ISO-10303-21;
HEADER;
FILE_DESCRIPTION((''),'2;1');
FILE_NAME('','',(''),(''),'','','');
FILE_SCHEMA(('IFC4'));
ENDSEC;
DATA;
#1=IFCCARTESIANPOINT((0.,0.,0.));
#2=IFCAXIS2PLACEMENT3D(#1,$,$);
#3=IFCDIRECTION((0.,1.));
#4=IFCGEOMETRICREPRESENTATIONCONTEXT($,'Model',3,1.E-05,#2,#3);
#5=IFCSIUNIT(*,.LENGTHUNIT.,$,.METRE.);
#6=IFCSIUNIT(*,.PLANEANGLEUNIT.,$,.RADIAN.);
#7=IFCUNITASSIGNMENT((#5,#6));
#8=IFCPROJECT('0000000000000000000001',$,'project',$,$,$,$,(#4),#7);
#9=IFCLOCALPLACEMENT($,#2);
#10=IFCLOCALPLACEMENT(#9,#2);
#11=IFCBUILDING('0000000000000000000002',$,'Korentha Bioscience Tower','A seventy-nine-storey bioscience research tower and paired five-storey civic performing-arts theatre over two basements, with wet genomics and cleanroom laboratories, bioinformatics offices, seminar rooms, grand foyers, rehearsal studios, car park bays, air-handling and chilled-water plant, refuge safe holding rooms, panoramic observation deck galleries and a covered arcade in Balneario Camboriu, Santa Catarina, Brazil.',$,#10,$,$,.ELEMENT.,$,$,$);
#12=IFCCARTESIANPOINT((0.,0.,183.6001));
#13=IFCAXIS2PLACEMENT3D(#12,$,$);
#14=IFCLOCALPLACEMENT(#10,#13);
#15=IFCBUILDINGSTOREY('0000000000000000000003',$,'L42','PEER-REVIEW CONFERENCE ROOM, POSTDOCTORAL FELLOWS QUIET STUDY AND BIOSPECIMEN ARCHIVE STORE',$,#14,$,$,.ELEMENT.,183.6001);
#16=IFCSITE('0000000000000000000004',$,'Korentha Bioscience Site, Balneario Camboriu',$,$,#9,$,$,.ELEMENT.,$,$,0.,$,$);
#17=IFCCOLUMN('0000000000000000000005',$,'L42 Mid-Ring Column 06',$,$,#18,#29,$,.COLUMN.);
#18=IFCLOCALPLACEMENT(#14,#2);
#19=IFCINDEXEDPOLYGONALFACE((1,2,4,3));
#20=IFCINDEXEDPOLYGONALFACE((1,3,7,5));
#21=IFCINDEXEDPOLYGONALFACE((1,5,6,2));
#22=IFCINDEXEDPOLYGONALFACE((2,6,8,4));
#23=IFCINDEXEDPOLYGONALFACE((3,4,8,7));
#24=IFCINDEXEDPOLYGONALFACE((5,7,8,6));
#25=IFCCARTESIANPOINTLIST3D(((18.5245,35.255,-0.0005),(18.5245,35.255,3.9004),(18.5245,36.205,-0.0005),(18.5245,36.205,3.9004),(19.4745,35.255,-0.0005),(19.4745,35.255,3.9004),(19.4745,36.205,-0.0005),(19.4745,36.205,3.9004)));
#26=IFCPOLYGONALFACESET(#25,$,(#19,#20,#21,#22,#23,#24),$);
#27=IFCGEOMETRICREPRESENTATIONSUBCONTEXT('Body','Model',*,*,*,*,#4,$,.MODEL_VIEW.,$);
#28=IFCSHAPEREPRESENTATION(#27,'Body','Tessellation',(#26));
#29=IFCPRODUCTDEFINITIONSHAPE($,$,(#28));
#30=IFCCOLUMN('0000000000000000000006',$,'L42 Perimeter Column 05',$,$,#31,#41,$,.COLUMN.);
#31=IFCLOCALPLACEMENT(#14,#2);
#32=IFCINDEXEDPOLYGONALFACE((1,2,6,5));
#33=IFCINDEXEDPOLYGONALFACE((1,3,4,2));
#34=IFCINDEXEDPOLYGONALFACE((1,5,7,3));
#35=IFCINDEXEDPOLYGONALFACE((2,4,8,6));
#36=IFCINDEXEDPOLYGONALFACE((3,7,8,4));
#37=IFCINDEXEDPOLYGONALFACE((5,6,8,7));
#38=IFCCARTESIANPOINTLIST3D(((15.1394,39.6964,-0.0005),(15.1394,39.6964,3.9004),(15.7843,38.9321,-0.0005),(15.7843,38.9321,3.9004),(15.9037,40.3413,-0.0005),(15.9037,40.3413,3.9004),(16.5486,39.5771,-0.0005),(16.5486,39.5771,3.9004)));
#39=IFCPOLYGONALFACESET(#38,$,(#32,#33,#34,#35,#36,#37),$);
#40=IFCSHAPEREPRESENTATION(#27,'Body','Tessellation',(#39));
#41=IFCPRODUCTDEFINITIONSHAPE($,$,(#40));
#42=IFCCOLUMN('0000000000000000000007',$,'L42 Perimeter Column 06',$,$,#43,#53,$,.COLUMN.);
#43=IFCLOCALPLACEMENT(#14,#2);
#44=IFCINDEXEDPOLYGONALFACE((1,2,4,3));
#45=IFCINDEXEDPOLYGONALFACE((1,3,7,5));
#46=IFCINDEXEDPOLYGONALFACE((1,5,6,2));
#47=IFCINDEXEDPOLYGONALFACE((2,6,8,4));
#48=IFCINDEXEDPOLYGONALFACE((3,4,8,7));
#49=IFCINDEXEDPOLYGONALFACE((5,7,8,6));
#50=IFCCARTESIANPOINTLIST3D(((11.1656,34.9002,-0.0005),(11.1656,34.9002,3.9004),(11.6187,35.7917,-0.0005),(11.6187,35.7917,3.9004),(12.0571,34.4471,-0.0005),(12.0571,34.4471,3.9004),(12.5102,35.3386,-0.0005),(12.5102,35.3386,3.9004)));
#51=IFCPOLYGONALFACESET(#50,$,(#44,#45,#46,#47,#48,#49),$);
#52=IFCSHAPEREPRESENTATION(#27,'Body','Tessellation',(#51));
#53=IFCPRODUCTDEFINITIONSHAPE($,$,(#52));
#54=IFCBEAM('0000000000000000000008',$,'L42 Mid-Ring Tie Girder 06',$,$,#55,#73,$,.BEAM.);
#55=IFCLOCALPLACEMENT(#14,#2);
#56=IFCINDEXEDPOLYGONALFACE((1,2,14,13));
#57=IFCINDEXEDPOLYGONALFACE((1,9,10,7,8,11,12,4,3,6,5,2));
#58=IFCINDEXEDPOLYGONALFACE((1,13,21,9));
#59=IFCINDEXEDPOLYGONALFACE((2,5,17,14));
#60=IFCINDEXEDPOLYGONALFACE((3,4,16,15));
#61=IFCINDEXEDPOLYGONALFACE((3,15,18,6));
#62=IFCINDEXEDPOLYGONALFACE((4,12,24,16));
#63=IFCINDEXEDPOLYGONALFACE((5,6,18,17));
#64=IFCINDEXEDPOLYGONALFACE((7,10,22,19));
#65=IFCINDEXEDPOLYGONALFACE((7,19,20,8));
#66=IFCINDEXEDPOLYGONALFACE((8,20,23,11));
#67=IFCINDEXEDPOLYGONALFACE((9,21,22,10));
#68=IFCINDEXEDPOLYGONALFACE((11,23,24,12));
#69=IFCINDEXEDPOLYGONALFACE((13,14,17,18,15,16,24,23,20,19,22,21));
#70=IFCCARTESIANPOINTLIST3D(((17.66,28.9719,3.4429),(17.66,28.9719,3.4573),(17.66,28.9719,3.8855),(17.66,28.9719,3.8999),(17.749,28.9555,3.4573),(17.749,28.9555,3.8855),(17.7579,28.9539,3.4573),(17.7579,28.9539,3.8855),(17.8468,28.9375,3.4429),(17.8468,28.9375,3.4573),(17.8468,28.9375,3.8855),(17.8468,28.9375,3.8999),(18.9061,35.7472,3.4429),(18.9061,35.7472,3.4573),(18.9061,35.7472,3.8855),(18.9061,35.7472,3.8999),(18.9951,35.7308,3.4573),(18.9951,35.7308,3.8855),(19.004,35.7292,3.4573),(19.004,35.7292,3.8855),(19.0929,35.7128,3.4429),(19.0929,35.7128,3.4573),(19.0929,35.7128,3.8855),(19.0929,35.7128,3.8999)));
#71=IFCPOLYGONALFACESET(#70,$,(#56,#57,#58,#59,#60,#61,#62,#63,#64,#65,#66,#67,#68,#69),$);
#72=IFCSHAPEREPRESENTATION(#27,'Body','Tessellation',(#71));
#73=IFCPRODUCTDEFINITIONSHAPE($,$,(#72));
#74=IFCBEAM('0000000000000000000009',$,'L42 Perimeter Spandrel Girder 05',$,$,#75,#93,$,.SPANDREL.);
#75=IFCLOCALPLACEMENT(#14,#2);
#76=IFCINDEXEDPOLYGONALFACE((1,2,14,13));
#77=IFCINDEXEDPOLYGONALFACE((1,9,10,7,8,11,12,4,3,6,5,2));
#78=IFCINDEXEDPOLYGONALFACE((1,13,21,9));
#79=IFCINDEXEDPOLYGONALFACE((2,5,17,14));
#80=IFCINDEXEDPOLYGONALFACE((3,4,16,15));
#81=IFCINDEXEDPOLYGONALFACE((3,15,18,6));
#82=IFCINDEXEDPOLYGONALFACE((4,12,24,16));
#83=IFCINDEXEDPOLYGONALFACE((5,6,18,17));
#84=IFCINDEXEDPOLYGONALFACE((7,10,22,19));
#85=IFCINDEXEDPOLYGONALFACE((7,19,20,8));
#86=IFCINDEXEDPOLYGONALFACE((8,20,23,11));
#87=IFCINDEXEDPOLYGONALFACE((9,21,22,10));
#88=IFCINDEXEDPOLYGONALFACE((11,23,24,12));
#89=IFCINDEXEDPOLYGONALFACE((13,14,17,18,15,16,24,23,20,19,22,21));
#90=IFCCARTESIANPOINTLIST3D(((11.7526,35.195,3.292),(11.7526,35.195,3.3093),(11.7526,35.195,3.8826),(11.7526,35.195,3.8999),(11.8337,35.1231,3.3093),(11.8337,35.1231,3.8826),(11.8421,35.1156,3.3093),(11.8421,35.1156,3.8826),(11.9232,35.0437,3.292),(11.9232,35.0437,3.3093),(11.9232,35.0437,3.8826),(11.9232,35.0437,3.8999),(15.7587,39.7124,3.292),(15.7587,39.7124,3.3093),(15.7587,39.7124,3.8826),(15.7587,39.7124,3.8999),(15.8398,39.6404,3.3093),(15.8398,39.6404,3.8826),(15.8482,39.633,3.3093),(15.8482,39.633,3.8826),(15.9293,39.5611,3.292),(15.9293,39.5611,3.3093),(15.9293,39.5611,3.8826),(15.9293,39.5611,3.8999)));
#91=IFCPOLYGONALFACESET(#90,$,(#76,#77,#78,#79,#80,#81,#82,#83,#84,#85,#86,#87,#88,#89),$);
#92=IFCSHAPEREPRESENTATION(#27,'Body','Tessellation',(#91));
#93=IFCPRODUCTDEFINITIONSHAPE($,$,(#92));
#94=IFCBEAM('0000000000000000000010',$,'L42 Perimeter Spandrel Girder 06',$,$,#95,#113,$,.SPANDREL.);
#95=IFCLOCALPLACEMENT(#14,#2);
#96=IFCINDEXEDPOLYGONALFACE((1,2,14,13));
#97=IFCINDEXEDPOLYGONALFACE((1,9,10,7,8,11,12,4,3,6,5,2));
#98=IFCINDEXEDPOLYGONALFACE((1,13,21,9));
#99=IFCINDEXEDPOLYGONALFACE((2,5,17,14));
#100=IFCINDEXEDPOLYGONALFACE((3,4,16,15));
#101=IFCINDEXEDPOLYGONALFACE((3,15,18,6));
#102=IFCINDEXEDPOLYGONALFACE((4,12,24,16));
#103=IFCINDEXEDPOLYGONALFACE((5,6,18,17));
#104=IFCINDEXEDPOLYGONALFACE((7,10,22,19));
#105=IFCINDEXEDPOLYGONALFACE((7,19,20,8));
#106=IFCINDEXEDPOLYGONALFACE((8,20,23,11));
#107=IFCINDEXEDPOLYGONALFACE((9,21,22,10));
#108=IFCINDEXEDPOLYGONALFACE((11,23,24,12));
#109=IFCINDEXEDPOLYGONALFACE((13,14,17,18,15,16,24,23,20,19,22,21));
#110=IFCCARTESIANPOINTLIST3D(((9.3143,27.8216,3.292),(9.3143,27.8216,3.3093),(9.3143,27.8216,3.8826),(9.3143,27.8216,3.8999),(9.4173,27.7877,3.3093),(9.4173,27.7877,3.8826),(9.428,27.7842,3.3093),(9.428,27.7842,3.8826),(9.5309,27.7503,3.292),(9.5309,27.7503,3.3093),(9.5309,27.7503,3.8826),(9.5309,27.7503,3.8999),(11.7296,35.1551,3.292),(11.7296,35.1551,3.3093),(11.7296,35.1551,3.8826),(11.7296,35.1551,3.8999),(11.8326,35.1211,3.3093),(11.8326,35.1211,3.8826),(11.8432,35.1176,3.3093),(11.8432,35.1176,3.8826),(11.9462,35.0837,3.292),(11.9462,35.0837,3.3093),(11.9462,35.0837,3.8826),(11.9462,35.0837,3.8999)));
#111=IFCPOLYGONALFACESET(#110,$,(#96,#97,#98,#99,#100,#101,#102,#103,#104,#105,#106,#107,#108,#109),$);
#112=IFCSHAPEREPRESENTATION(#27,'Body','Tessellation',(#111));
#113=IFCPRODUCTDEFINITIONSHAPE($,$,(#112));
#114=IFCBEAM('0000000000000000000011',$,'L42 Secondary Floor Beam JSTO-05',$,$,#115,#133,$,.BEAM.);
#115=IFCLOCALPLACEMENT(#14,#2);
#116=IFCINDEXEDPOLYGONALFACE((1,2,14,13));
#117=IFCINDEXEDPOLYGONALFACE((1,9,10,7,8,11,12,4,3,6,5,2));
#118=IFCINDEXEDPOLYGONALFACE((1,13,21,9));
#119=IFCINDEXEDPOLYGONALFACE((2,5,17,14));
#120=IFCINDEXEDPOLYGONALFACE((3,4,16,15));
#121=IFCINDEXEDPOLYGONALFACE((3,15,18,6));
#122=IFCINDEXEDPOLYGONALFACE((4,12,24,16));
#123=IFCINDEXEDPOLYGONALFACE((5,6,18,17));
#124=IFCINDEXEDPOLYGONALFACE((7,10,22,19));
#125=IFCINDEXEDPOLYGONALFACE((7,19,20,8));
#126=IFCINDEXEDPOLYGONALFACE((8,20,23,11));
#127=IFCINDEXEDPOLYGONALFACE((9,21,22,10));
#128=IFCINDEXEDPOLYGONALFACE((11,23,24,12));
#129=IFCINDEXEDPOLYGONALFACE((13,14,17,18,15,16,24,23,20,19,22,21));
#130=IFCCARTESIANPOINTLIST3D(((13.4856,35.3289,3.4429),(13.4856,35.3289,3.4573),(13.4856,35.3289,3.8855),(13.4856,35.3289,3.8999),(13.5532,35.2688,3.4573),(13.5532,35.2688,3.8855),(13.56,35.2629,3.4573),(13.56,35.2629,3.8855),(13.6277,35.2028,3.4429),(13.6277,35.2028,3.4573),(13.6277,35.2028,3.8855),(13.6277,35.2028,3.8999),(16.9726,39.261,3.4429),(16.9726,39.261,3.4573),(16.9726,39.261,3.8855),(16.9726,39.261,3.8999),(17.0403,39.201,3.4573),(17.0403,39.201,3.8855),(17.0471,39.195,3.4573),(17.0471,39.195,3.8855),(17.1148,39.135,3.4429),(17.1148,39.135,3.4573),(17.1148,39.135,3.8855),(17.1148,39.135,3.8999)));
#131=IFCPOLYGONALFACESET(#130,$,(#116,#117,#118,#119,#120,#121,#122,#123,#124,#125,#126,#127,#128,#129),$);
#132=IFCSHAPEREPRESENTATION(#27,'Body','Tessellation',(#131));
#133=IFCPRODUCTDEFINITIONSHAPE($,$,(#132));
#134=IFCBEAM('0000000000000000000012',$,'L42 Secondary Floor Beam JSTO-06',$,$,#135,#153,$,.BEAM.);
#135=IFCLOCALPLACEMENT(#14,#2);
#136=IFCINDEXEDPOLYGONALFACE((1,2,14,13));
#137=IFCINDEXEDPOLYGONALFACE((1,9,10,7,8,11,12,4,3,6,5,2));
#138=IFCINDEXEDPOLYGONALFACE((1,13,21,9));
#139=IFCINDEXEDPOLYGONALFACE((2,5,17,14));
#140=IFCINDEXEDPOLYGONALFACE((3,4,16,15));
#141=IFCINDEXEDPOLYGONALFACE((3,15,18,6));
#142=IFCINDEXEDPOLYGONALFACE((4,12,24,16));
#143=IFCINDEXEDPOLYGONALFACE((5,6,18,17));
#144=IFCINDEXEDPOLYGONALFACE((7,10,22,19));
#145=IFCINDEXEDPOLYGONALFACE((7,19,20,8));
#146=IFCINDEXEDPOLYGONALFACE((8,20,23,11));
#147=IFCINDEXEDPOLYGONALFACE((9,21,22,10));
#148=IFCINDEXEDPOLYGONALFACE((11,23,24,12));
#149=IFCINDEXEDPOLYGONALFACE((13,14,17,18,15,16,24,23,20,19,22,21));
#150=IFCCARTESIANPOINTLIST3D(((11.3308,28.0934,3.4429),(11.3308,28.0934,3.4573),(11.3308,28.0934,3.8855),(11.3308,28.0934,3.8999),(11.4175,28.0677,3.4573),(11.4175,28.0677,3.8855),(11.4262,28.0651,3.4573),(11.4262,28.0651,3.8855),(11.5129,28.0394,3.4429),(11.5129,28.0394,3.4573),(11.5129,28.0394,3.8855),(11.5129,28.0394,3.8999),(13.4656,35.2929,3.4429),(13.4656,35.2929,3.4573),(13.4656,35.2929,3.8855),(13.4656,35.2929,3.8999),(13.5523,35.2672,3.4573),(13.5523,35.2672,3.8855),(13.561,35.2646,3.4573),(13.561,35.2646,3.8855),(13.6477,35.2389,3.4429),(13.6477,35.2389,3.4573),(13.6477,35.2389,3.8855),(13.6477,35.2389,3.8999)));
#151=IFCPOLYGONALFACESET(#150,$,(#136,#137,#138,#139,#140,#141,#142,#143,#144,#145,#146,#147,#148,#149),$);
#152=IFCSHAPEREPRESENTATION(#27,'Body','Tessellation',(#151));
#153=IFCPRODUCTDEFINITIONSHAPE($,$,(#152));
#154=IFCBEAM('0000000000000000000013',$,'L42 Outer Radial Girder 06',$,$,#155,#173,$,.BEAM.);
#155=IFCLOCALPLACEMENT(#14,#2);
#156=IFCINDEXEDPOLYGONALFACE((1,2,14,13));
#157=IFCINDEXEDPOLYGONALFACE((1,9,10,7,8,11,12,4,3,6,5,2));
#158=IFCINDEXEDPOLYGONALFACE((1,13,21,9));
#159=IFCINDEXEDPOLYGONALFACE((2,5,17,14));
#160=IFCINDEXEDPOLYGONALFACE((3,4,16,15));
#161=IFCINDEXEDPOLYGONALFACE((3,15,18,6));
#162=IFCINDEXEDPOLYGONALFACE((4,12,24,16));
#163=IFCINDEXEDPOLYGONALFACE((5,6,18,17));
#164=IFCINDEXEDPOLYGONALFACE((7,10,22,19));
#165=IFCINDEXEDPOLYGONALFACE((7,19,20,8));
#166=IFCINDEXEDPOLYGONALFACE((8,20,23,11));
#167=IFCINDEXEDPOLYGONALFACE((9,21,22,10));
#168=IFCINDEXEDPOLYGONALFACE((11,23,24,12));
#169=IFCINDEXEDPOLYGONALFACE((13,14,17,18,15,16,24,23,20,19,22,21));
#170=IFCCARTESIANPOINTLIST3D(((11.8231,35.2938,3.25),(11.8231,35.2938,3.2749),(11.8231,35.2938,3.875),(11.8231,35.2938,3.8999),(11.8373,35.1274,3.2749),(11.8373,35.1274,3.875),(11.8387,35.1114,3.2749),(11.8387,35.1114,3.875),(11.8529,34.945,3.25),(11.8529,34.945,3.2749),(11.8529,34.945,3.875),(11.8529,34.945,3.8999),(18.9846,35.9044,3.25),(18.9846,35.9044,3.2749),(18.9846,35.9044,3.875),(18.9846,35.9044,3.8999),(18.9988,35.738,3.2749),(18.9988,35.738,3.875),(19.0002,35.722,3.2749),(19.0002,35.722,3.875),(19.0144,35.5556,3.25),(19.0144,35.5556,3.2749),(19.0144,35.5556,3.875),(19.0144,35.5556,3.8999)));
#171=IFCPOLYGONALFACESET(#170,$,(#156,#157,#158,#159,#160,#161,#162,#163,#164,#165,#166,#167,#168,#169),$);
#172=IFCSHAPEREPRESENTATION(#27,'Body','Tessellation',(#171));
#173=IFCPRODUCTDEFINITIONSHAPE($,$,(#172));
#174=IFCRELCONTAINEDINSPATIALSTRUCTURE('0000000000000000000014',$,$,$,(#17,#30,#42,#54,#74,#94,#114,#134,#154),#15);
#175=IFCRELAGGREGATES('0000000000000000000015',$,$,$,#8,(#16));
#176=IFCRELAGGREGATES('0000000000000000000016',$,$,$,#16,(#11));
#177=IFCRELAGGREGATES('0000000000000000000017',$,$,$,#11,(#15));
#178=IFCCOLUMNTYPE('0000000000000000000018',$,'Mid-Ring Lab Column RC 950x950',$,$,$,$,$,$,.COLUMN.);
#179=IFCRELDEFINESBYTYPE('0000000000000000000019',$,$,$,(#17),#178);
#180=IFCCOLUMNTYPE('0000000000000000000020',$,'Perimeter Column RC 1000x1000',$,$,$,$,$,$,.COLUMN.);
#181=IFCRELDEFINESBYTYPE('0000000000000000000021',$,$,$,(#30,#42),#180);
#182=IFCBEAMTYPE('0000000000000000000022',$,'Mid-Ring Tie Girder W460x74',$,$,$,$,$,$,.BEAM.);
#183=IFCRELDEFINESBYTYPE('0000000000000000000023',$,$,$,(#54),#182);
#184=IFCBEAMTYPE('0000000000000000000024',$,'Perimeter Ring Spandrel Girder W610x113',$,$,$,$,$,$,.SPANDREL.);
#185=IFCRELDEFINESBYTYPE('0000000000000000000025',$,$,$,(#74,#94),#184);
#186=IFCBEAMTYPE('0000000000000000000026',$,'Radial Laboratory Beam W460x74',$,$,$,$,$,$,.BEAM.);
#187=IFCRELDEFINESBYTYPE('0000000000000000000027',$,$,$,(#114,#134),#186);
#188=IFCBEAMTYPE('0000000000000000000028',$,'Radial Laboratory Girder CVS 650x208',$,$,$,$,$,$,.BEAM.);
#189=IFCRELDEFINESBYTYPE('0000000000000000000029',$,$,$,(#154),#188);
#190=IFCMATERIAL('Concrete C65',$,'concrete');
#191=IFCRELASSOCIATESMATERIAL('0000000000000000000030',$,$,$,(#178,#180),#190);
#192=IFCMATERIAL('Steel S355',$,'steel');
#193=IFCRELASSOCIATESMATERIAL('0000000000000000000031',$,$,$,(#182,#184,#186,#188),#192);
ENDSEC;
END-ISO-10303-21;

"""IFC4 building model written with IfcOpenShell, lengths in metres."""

from ifc_helpers import new_model, si_unit, direction, frame, origin, origin_2d, place, context, subcontext, project, spatial, rectangle, i_section, extrude, material, material_profile, profile_set, type_object, element, save


model = new_model("IFC4")

# Units and contexts
model_context = context("Model", 3, precision=1e-05, world=origin(), true_north=direction((0.0, 1.0)))
body_context = subcontext(model_context, "Body", "Model", "MODEL_VIEW")
ifc_project = project(units=[si_unit("LENGTHUNIT", "METRE"), si_unit("PLANEANGLEUNIT", "RADIAN")], contexts=[model_context])

# Site, building, storey
site_placement = place(None, origin())
site = spatial("IfcSite", under=ifc_project, at=site_placement, Name="Korentha Bioscience Site, Balneario Camboriu", CompositionType="ELEMENT", RefElevation=0.0)
building_placement = place(site_placement, origin())
building = spatial("IfcBuilding", under=site, at=building_placement, Name="Korentha Bioscience Tower", Description="A seventy-nine-storey bioscience research tower and paired five-storey civic performing-arts theatre over two basements, with wet genomics and cleanroom laboratories, bioinformatics offices, seminar rooms, grand foyers, rehearsal studios, car park bays, air-handling and chilled-water plant, refuge safe holding rooms, panoramic observation deck galleries and a covered arcade in Balneario Camboriu, Santa Catarina, Brazil.", CompositionType="ELEMENT")
storey_placement = place(building_placement, frame((0.0, 0.0, 183.6001)))
storey = spatial("IfcBuildingStorey", under=building, at=storey_placement, Name="L42", Description="PEER-REVIEW CONFERENCE ROOM, POSTDOCTORAL FELLOWS QUIET STUDY AND BIOSPECIMEN ARCHIVE STORE", CompositionType="ELEMENT", Elevation=183.6001)

# Columns
ifc_material_1 = material(Name="Concrete C65", Category="concrete")
ifc_material_profile_1 = material_profile(ifc_material_1, rectangle(XDim=0.95, YDim=0.95, at=origin_2d()), Name="Concrete C65")
ifc_profile_set_1 = profile_set([ifc_material_profile_1], Name="Concrete C65 (COL-MR09)")
column_type_1 = type_object("IfcColumnType", Name="Mid-Ring Lab Column RC 950x950", PredefinedType="COLUMN", material=ifc_profile_set_1)
column_placement = place(storey_placement, frame((18.9995, 35.73, -0.0005), z_axis=(0.0, 0.0, 1.0), x_axis=(1.0, 0.0, 0.0)))
element("IfcColumn", 1, at=column_placement, inside=storey, type_object=column_type_1, Name="L42 Mid-Ring Column 06", PredefinedType="COLUMN", context=body_context, shape_type="SweptSolid", body=[
    extrude(rectangle(XDim=0.95, YDim=0.95, at=origin_2d()), origin(), (0.0, 0.0, 1.0), 3.9009),
])
ifc_material_profile_2 = material_profile(ifc_material_1, rectangle(XDim=1.0, YDim=1.0, at=origin_2d()), Name="Concrete C65")
ifc_profile_set_2 = profile_set([ifc_material_profile_2], Name="Concrete C65 (COL-P10)")
column_type_2 = type_object("IfcColumnType", Name="Perimeter Column RC 1000x1000", PredefinedType="COLUMN", material=ifc_profile_set_2)
for number, where, z_axis, x_axis, name in (
    (2, (15.844, 39.6367, -0.0005), (0.0, 0.0, 1.0), (0.764246, 0.644924, 0.0), "L42 Perimeter Column 05"),
    (3, (11.8379, 35.1194, -0.0005), (0.0, 0.0, 1.0), (0.453057, 0.891481, 0.0), "L42 Perimeter Column 06"),
):
    element("IfcColumn", number, at=place(storey_placement, frame(where, z_axis=z_axis, x_axis=x_axis)), inside=storey, type_object=column_type_2, Name=name, PredefinedType="COLUMN", context=body_context, shape_type="SweptSolid", body=[
        extrude(rectangle(XDim=1.0, YDim=1.0, at=origin_2d()), origin(), (0.0, 0.0, 1.0), 3.9009),
    ])

# Beams
ifc_material_2 = material(Name="Steel S355", Category="steel")
ifc_material_profile_3 = material_profile(ifc_material_2, i_section(OverallWidth=0.1899, OverallDepth=0.457, WebThickness=0.009, FlangeThickness=0.0144, at=origin_2d()), Name="Steel S355")
ifc_profile_set_3 = profile_set([ifc_material_profile_3], Name="Steel S355 (MB-460)")
beam_type_1 = type_object("IfcBeamType", Name="Mid-Ring Tie Girder W460x74", PredefinedType="BEAM", material=ifc_profile_set_3)
beam_1_placement = place(storey_placement, frame((18.9995, 35.73, 3.6714), z_axis=(-0.180881, -0.983505, 0.0), x_axis=(0.983505, -0.180881, 0.0)))
element("IfcBeam", 4, at=beam_1_placement, inside=storey, type_object=beam_type_1, Name="L42 Mid-Ring Tie Girder 06", PredefinedType="BEAM", context=body_context, shape_type="SweptSolid", body=[
    extrude(i_section(OverallWidth=0.1899, OverallDepth=0.457, WebThickness=0.009, FlangeThickness=0.0144, at=origin_2d()), origin(), (0.0, 0.0, 1.0), 6.8889),
])
ifc_material_profile_4 = material_profile(ifc_material_2, i_section(OverallWidth=0.228, OverallDepth=0.6079, WebThickness=0.0112, FlangeThickness=0.0173, at=origin_2d()), Name="Steel S355")
ifc_profile_set_4 = profile_set([ifc_material_profile_4], Name="Steel S355 (SB-610)")
beam_type_2 = type_object("IfcBeamType", Name="Perimeter Ring Spandrel Girder W610x113", PredefinedType="SPANDREL", material=ifc_profile_set_4)
beam_2_placement = place(storey_placement, frame((15.844, 39.6367, 3.5959), z_axis=(-0.663503, -0.748174, 0.0), x_axis=(0.748174, -0.663503, 0.0)))
element("IfcBeam", 5, at=beam_2_placement, inside=storey, type_object=beam_type_2, Name="L42 Perimeter Spandrel Girder 05", PredefinedType="SPANDREL", context=body_context, shape_type="SweptSolid", body=[
    extrude(i_section(OverallWidth=0.228, OverallDepth=0.6079, WebThickness=0.0112, FlangeThickness=0.0173, at=origin_2d()), origin(), (0.0, 0.0, 1.0), 6.0378),
])
beam_3_placement = place(storey_placement, frame((11.8379, 35.1194, 3.5959), z_axis=(-0.31282, -0.949812, 0.0), x_axis=(0.949812, -0.31282, 0.0)))
element("IfcBeam", 6, at=beam_3_placement, inside=storey, type_object=beam_type_2, Name="L42 Perimeter Spandrel Girder 06", PredefinedType="SPANDREL", context=body_context, shape_type="SweptSolid", body=[
    extrude(i_section(OverallWidth=0.228, OverallDepth=0.6079, WebThickness=0.0112, FlangeThickness=0.0173, at=origin_2d()), origin(), (0.0, 0.0, 1.0), 7.7209),
])
ifc_material_profile_5 = material_profile(ifc_material_2, i_section(OverallWidth=0.1899, OverallDepth=0.457, WebThickness=0.009, FlangeThickness=0.0144, at=origin_2d()), Name="Steel S355")
ifc_profile_set_5 = profile_set([ifc_material_profile_5], Name="Steel S355 (RB-460)")
beam_type_3 = type_object("IfcBeamType", Name="Radial Laboratory Beam W460x74", PredefinedType="BEAM", material=ifc_profile_set_5)
beam_4_placement = place(storey_placement, frame((17.0437, 39.198, 3.6714), z_axis=(-0.663496, -0.74818, 0.0), x_axis=(0.74818, -0.663496, 0.0)))
element("IfcBeam", 7, at=beam_4_placement, inside=storey, type_object=beam_type_3, Name="L42 Secondary Floor Beam JSTO-05", PredefinedType="BEAM", context=body_context, shape_type="SweptSolid", body=[
    extrude(i_section(OverallWidth=0.1899, OverallDepth=0.457, WebThickness=0.009, FlangeThickness=0.0144, at=origin_2d()), origin(), (0.0, 0.0, 1.0), 5.2556),
])
beam_5_placement = place(storey_placement, frame((13.5566, 35.2659, 3.6714), z_axis=(-0.284283, -0.95874, 0.0), x_axis=(0.95874, -0.284283, 0.0)))
element("IfcBeam", 8, at=beam_5_placement, inside=storey, type_object=beam_type_3, Name="L42 Secondary Floor Beam JSTO-06", PredefinedType="BEAM", context=body_context, shape_type="SweptSolid", body=[
    extrude(i_section(OverallWidth=0.1899, OverallDepth=0.457, WebThickness=0.009, FlangeThickness=0.0144, at=origin_2d()), origin(), (0.0, 0.0, 1.0), 7.5093),
])
ifc_material_profile_6 = material_profile(ifc_material_2, i_section(OverallWidth=0.3501, OverallDepth=0.6499, WebThickness=0.0161, FlangeThickness=0.0249, at=origin_2d()), Name="Steel S355")
ifc_profile_set_6 = profile_set([ifc_material_profile_6], Name="Steel S355 (RB-650)")
beam_type_4 = type_object("IfcBeamType", Name="Radial Laboratory Girder CVS 650x208", PredefinedType="BEAM", material=ifc_profile_set_6)
beam_6_placement = place(storey_placement, frame((18.9995, 35.73, 3.575), z_axis=(-0.996385, -0.084951, 0.0), x_axis=(0.084951, -0.996385, 0.0)))
element("IfcBeam", 9, at=beam_6_placement, inside=storey, type_object=beam_type_4, Name="L42 Outer Radial Girder 06", PredefinedType="BEAM", context=body_context, shape_type="SweptSolid", body=[
    extrude(i_section(OverallWidth=0.3501, OverallDepth=0.6499, WebThickness=0.0161, FlangeThickness=0.0249, at=origin_2d()), origin(), (0.0, 0.0, 1.0), 7.1875),
])

save(model, "model.ifc")
